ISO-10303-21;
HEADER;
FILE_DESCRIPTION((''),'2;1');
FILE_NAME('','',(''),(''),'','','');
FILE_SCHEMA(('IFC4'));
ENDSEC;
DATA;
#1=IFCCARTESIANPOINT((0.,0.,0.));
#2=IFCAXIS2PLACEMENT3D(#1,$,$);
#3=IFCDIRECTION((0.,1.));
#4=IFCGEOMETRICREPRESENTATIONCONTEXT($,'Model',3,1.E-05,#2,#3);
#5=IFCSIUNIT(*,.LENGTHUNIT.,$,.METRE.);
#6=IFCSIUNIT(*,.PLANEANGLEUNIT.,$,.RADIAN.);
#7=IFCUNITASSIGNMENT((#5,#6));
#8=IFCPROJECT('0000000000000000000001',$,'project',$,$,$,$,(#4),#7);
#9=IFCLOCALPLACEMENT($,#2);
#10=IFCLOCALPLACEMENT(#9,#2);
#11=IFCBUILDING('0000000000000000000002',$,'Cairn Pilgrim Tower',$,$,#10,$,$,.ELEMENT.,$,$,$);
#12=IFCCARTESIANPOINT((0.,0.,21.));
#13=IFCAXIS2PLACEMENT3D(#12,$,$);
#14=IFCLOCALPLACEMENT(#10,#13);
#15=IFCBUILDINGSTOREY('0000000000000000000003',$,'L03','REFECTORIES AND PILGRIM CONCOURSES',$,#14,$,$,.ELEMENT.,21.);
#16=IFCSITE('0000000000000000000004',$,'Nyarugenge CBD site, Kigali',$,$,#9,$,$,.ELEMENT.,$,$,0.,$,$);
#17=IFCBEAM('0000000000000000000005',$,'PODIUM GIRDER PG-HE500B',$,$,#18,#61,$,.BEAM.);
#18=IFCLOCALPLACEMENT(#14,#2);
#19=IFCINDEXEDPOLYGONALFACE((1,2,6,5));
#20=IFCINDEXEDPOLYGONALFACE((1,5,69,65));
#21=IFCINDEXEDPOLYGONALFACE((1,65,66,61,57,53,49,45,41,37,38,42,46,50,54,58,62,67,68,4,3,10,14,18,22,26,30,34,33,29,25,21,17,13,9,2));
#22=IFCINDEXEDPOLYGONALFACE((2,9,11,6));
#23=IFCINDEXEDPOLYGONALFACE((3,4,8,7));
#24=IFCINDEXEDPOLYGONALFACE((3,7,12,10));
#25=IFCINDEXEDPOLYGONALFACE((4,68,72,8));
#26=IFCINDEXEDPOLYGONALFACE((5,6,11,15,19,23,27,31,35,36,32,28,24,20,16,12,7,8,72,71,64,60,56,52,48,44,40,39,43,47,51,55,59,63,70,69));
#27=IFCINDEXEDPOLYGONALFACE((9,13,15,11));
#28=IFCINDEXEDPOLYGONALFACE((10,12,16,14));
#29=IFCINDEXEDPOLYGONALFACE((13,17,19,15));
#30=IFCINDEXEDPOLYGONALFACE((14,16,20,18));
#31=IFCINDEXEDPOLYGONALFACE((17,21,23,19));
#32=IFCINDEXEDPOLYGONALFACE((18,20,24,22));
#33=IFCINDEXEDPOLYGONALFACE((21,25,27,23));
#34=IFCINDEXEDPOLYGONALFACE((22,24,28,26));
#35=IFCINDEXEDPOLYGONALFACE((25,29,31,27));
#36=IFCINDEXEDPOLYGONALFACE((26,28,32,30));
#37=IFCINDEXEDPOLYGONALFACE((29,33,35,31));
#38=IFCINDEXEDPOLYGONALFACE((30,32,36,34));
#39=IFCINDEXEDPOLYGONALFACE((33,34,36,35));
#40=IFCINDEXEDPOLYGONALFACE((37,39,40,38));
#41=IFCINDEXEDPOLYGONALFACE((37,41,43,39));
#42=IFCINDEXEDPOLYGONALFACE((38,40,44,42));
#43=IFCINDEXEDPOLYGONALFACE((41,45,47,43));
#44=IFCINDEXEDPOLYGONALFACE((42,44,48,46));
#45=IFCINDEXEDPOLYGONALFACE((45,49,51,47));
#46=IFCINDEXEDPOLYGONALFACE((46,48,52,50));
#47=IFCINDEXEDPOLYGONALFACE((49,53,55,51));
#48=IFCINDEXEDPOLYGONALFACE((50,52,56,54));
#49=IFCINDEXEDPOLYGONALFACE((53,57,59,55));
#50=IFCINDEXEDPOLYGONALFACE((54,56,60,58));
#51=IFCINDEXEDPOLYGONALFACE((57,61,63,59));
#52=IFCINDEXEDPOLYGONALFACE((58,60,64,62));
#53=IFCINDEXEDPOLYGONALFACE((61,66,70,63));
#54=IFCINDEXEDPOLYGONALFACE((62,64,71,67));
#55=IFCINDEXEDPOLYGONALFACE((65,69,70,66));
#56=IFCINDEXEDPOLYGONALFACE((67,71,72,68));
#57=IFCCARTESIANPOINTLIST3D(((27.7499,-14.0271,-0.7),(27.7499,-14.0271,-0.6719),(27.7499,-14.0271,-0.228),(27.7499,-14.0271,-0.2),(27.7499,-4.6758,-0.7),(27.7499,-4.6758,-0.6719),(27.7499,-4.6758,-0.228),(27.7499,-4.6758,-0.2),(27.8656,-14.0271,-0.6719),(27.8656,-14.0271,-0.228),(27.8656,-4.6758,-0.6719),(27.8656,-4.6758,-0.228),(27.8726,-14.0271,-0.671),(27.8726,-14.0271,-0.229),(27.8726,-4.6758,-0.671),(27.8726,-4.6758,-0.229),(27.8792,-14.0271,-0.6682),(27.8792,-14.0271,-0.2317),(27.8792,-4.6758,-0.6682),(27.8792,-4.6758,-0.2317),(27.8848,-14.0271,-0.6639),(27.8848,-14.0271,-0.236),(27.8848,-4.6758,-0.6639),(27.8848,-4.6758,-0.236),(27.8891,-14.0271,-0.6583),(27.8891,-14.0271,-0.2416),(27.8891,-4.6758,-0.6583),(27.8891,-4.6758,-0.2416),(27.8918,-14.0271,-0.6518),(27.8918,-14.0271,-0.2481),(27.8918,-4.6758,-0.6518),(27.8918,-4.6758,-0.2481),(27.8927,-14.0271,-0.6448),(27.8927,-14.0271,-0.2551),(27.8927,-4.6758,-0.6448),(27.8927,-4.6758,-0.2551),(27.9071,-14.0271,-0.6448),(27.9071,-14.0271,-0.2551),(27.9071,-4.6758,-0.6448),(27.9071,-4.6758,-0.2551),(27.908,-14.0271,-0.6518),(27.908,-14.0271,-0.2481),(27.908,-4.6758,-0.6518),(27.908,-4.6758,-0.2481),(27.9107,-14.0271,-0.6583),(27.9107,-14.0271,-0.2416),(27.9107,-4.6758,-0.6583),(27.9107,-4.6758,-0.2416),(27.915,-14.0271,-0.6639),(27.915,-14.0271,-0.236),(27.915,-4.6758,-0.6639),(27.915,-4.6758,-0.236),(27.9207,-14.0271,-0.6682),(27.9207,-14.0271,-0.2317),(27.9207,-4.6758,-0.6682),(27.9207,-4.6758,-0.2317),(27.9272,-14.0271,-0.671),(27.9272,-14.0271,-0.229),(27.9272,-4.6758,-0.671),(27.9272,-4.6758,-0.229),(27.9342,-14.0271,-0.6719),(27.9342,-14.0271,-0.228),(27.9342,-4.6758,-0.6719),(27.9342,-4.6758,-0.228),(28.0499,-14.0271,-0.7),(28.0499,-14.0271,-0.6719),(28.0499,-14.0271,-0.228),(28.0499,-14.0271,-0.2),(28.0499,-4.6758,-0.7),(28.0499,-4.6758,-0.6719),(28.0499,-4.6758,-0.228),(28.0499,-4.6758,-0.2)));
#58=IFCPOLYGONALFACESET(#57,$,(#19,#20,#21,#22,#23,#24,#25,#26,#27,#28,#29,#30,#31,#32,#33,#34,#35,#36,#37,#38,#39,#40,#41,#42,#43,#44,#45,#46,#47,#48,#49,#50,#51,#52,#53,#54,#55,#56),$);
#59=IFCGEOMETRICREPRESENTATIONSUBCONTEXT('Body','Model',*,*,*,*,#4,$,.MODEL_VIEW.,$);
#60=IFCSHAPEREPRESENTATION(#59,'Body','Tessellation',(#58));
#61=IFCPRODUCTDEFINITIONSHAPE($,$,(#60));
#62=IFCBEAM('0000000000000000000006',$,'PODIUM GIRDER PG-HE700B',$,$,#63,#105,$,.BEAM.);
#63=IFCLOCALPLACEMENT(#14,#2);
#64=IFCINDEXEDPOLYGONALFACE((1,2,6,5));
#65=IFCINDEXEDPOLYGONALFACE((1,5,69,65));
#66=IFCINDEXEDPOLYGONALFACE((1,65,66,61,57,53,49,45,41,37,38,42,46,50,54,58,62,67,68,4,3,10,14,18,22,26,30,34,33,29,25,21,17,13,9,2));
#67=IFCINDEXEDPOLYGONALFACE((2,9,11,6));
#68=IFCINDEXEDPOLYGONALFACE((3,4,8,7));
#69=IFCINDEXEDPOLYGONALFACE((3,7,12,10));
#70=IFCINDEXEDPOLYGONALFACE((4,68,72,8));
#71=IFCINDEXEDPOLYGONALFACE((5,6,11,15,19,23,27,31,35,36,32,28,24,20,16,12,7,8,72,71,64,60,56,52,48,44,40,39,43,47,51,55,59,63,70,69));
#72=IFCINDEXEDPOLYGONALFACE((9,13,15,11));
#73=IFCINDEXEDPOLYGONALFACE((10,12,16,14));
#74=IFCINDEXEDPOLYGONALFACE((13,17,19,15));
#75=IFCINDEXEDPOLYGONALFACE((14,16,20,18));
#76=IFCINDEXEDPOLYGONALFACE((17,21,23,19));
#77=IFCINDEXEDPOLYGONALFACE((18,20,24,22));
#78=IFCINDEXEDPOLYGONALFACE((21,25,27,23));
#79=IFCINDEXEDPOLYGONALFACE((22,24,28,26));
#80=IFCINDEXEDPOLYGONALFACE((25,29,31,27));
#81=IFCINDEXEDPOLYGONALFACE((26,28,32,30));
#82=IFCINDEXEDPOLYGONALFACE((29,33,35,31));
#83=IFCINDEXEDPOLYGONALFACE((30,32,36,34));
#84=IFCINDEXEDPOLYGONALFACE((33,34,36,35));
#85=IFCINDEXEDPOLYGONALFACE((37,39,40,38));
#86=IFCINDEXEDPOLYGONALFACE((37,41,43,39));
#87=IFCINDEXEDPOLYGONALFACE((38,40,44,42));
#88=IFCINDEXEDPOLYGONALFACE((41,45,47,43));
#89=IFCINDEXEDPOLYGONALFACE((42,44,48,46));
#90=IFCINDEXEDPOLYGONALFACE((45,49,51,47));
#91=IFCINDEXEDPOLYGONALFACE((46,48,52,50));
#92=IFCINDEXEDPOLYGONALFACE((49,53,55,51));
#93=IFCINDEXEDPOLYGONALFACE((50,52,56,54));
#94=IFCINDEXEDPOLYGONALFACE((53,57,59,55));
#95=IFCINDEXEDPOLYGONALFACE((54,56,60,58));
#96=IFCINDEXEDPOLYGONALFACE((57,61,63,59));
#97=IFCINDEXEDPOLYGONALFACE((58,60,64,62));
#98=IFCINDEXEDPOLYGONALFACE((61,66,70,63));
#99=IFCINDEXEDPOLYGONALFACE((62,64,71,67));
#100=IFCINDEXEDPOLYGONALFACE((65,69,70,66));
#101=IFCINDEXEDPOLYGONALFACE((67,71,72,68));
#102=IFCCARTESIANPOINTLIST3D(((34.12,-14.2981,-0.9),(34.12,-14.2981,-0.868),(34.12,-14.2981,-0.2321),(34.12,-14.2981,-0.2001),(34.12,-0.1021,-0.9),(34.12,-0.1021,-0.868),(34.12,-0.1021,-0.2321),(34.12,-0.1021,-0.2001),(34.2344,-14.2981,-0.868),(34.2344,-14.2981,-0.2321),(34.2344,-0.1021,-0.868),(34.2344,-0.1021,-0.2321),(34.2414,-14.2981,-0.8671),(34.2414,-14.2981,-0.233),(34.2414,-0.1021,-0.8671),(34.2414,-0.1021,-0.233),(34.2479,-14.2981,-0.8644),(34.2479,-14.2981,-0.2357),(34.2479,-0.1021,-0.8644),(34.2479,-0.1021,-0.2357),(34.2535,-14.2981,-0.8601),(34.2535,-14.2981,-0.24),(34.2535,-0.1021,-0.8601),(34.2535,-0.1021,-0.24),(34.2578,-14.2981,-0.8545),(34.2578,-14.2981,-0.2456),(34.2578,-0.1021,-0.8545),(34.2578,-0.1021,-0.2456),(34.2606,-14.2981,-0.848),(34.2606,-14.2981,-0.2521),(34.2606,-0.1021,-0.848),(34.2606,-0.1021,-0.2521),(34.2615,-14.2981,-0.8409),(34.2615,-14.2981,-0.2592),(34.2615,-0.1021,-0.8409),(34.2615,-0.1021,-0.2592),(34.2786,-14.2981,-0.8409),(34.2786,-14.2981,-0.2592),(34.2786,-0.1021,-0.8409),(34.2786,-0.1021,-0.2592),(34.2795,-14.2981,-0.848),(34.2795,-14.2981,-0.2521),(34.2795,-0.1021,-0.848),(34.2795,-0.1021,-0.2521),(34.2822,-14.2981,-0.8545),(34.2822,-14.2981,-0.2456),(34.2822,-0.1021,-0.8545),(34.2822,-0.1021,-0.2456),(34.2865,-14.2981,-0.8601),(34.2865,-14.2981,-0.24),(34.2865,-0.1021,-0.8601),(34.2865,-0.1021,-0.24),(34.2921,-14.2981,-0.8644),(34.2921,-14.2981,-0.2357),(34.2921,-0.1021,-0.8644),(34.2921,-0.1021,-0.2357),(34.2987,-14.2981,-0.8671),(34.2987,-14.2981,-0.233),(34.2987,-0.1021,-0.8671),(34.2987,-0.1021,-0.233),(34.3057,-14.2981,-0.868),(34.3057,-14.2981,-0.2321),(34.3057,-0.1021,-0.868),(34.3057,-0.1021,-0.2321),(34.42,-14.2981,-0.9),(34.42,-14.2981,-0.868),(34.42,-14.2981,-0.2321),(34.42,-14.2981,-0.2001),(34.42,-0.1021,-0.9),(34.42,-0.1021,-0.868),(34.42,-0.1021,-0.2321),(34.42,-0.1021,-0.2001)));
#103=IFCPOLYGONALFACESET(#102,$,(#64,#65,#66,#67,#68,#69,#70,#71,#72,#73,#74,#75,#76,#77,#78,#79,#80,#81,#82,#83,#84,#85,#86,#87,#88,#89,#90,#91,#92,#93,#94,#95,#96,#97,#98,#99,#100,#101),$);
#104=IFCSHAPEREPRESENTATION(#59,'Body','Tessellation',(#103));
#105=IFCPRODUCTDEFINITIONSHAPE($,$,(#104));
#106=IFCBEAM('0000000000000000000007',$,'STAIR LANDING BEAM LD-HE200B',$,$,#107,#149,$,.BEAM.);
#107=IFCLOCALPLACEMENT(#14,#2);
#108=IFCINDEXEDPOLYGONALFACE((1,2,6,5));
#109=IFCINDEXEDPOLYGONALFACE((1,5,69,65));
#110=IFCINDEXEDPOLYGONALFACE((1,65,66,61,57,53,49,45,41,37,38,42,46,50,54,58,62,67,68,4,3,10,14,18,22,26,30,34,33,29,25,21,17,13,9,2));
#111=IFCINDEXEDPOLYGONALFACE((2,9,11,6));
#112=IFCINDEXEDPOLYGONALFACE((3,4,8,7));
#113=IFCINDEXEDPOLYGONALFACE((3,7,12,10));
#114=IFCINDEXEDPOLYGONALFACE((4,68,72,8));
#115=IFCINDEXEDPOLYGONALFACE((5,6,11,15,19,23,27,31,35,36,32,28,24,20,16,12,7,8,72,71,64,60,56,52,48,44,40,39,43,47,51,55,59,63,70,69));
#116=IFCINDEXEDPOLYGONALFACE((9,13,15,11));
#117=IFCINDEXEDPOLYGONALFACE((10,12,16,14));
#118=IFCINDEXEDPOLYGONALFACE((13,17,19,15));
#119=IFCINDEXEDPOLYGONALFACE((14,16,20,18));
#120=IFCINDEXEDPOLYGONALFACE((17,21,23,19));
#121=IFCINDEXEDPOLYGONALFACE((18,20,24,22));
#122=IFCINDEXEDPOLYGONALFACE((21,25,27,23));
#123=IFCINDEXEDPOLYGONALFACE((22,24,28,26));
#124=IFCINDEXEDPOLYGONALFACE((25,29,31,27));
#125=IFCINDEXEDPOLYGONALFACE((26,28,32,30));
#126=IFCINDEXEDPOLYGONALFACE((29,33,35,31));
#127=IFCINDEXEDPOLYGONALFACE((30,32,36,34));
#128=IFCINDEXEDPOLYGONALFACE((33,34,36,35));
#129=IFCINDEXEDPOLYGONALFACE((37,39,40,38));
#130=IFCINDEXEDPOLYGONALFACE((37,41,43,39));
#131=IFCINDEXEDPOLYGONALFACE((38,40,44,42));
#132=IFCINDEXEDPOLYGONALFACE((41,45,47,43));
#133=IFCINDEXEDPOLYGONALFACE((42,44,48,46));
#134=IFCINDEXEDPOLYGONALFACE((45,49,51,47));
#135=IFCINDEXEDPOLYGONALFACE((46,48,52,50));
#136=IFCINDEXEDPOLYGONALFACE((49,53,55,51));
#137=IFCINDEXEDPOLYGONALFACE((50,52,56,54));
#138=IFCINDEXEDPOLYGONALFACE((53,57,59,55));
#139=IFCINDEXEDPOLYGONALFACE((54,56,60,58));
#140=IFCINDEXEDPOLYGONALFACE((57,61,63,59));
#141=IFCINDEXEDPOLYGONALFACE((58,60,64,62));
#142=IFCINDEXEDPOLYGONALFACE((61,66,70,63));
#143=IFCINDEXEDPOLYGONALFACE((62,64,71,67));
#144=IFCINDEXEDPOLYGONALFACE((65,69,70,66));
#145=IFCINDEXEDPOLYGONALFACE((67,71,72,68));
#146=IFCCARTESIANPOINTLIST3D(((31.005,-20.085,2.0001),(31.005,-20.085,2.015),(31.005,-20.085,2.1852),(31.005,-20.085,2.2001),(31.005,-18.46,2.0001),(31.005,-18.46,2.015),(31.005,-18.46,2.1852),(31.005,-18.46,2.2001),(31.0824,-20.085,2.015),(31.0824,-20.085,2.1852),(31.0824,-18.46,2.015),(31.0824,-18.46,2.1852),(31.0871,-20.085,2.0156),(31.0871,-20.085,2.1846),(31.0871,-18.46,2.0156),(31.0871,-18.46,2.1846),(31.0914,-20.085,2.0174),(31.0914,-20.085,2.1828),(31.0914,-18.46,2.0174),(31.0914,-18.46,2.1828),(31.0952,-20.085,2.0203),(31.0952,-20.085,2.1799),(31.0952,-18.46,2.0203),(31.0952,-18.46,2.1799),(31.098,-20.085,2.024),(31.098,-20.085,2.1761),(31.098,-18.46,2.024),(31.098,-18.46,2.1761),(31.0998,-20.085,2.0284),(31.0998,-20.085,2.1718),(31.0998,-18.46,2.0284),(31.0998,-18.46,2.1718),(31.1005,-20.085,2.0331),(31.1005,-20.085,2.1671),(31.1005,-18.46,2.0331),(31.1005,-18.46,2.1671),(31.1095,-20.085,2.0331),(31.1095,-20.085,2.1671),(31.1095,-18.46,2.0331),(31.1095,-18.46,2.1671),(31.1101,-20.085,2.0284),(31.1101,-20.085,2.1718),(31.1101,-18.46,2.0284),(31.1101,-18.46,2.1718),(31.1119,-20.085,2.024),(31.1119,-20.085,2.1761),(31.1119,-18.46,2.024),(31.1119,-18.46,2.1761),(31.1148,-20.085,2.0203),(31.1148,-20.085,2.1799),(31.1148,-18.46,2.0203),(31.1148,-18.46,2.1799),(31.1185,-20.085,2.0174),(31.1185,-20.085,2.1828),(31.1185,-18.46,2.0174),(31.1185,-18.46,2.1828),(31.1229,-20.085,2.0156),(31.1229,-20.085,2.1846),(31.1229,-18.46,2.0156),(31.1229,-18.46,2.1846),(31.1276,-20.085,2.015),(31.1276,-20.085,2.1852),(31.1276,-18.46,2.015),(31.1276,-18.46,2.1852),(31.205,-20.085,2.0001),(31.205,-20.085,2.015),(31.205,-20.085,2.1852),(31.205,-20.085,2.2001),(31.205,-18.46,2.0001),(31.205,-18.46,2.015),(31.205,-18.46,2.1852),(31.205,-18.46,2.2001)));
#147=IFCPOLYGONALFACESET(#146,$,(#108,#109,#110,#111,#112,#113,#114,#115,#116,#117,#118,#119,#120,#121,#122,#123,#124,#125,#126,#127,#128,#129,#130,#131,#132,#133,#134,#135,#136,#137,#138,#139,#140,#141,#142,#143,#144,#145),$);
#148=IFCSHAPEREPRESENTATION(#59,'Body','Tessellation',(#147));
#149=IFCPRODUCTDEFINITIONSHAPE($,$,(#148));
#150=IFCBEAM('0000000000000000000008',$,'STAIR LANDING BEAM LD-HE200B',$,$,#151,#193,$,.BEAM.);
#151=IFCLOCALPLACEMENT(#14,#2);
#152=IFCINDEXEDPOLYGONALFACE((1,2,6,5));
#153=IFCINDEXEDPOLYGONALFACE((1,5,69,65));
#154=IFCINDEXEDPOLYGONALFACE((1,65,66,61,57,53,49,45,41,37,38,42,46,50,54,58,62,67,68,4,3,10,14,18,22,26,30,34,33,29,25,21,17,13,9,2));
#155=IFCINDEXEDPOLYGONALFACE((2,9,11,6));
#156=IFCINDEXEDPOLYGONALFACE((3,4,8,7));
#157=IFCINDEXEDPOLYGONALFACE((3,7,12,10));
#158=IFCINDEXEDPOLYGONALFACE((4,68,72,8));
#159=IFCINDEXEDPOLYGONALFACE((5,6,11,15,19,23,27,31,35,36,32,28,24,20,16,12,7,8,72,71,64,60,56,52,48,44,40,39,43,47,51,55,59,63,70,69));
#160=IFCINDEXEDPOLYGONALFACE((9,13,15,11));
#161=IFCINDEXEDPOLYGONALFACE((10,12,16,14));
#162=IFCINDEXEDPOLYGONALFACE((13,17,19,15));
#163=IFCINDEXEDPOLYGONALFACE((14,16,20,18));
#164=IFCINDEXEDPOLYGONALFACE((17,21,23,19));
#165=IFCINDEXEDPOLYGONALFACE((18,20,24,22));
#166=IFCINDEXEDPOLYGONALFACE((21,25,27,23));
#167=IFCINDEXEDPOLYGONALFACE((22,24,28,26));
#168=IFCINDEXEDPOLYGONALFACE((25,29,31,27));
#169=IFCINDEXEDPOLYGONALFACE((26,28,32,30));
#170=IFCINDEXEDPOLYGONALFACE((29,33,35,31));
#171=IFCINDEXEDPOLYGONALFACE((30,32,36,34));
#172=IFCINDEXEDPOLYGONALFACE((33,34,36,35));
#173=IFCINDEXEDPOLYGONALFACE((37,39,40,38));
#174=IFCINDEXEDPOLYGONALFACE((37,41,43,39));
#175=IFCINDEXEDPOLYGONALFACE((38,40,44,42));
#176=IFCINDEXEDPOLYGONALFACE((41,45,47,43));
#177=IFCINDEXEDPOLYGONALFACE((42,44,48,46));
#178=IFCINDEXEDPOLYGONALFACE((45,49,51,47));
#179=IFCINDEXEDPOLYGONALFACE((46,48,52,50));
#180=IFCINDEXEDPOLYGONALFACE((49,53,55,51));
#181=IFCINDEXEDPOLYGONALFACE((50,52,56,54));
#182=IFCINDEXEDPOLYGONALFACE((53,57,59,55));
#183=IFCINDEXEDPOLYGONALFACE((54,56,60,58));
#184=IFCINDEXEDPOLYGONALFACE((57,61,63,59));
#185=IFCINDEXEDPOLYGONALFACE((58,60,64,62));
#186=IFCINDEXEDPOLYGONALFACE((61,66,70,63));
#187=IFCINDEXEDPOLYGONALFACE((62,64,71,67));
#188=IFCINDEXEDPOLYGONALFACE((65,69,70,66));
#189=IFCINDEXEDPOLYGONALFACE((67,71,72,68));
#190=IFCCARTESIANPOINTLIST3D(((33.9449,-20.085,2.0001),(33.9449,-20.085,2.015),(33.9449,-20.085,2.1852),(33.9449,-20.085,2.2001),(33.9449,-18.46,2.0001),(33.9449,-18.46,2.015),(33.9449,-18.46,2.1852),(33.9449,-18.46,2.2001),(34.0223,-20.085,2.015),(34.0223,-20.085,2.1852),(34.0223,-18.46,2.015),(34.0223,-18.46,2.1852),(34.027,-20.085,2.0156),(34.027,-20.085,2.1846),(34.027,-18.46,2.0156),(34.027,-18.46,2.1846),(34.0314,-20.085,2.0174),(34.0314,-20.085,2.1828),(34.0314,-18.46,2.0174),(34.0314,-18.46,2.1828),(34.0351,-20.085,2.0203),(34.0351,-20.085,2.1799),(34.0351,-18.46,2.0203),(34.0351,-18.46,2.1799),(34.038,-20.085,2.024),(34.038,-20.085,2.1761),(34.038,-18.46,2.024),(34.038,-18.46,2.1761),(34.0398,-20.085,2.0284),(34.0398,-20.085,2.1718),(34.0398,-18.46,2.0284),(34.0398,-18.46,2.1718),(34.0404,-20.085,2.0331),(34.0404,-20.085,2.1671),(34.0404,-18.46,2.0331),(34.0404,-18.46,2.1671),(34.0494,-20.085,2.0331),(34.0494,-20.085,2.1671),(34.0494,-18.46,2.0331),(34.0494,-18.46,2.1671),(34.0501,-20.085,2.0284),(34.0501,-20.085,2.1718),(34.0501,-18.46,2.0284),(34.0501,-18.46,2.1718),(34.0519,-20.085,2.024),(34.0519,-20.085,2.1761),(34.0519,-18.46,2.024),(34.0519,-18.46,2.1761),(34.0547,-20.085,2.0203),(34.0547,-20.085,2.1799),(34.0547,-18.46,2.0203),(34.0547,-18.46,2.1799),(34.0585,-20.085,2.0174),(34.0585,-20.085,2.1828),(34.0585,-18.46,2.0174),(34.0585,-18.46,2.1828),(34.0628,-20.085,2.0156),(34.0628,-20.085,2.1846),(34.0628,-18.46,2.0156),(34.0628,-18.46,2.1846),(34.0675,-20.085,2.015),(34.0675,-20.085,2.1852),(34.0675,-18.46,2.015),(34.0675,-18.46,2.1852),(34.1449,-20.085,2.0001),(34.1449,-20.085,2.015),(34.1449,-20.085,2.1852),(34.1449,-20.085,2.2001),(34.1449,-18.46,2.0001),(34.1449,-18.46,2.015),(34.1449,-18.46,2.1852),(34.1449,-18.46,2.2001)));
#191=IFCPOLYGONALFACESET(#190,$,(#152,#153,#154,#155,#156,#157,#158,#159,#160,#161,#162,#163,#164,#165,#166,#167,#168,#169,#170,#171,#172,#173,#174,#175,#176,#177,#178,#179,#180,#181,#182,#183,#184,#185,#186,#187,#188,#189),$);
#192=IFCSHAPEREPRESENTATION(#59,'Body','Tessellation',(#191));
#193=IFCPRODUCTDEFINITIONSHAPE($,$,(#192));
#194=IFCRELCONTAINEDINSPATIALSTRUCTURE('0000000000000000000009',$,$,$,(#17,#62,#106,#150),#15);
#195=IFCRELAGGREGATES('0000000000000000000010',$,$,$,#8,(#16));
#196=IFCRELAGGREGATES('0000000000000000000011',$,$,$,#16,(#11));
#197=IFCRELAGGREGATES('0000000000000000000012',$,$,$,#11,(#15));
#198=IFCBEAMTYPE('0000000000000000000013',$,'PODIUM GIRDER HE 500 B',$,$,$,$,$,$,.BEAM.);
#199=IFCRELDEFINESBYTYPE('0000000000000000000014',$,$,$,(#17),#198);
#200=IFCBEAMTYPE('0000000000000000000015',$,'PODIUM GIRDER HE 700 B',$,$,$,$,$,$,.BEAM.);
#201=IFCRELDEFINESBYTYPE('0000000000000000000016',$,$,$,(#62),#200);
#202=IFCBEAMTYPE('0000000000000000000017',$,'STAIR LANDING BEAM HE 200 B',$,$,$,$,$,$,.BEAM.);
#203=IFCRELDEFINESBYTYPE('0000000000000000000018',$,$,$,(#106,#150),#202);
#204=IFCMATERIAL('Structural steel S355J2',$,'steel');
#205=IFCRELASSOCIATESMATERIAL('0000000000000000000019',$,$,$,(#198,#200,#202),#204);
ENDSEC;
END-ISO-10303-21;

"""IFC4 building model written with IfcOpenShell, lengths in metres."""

from ifc_helpers import new_model, si_unit, direction, frame, origin, origin_2d, place, context, subcontext, project, spatial, i_section, extrude, material, material_profile, profile_set, type_object, element, save


model = new_model("IFC4")

# Units and contexts
model_context = context("Model", 3, precision=1e-05, world=origin(), true_north=direction((0.0, 1.0)))
body_context = subcontext(model_context, "Body", "Model", "MODEL_VIEW")
ifc_project = project(units=[si_unit("LENGTHUNIT", "METRE"), si_unit("PLANEANGLEUNIT", "RADIAN")], contexts=[model_context])

# Site, building, storey
site_placement = place(None, origin())
site = spatial("IfcSite", under=ifc_project, at=site_placement, Name="Nyarugenge CBD site, Kigali", CompositionType="ELEMENT", RefElevation=0.0)
building_placement = place(site_placement, origin())
building = spatial("IfcBuilding", under=site, at=building_placement, Name="Cairn Pilgrim Tower", CompositionType="ELEMENT")
storey_placement = place(building_placement, frame((0.0, 0.0, 21.0)))
storey = spatial("IfcBuildingStorey", under=building, at=storey_placement, Name="L03", Description="REFECTORIES AND PILGRIM CONCOURSES", CompositionType="ELEMENT", Elevation=21.0)

# Shared definitions
ifc_material_1 = material(Name="Structural steel S355J2", Category="steel")

# Beams
ifc_material_profile_1 = material_profile(ifc_material_1, i_section(OverallWidth=0.3, OverallDepth=0.5, WebThickness=0.0144, FlangeThickness=0.0281, FilletRadius=0.0271, at=origin_2d()), Name="HEB 500")
ifc_profile_set_1 = profile_set([ifc_material_profile_1], Name="Structural steel S355J2")
beam_type_1 = type_object("IfcBeamType", Name="PODIUM GIRDER HE 500 B", PredefinedType="BEAM", material=ifc_profile_set_1)
beam_1_placement = place(storey_placement, frame((27.8999, -14.0271, -0.45), z_axis=(0.0, 1.0, 0.0), x_axis=(-1.0, 0.0, 0.0)))
element("IfcBeam", 1, at=beam_1_placement, inside=storey, type_object=beam_type_1, Name="PODIUM GIRDER PG-HE500B", PredefinedType="BEAM", context=body_context, shape_type="SweptSolid", body=[
    extrude(i_section(OverallWidth=0.3, OverallDepth=0.5, WebThickness=0.0144, FlangeThickness=0.0281, FilletRadius=0.0271, at=origin_2d()), origin(), (0.0, 0.0, 1.0), 9.3513),
])
ifc_material_profile_2 = material_profile(ifc_material_1, i_section(OverallWidth=0.3, OverallDepth=0.7, WebThickness=0.0171, FlangeThickness=0.032, FilletRadius=0.0271, at=origin_2d()), Name="HEB 700")
ifc_profile_set_2 = profile_set([ifc_material_profile_2], Name="Structural steel S355J2")
beam_type_2 = type_object("IfcBeamType", Name="PODIUM GIRDER HE 700 B", PredefinedType="BEAM", material=ifc_profile_set_2)
beam_2_placement = place(storey_placement, frame((34.27, -14.2981, -0.55), z_axis=(0.0, 1.0, 0.0), x_axis=(-1.0, 0.0, 0.0)))
element("IfcBeam", 2, at=beam_2_placement, inside=storey, type_object=beam_type_2, Name="PODIUM GIRDER PG-HE700B", PredefinedType="BEAM", context=body_context, shape_type="SweptSolid", body=[
    extrude(i_section(OverallWidth=0.3, OverallDepth=0.7, WebThickness=0.0171, FlangeThickness=0.032, FilletRadius=0.0271, at=origin_2d()), origin(), (0.0, 0.0, 1.0), 14.196),
])
ifc_material_profile_3 = material_profile(ifc_material_1, i_section(OverallWidth=0.2, OverallDepth=0.2, WebThickness=0.009, FlangeThickness=0.0149, FilletRadius=0.0181, at=origin_2d()), Name="HE 200 B")
ifc_profile_set_3 = profile_set([ifc_material_profile_3], Name="Structural steel S355J2")
beam_type_3 = type_object("IfcBeamType", Name="STAIR LANDING BEAM HE 200 B", PredefinedType="BEAM", material=ifc_profile_set_3)
for number, where, z_axis, x_axis, name in (
    (3, (31.105, -18.46, 2.1001), (0.0, -1.0, 0.0), (1.0, 0.0, 0.0), "STAIR LANDING BEAM LD-HE200B"),
    (4, (34.0449, -18.46, 2.1001), (0.0, -1.0, 0.0), (1.0, 0.0, 0.0), "STAIR LANDING BEAM LD-HE200B"),
):
    element("IfcBeam", number, at=place(storey_placement, frame(where, z_axis=z_axis, x_axis=x_axis)), inside=storey, type_object=beam_type_3, Name=name, PredefinedType="BEAM", context=body_context, shape_type="SweptSolid", body=[
        extrude(i_section(OverallWidth=0.2, OverallDepth=0.2, WebThickness=0.009, FlangeThickness=0.0149, FilletRadius=0.0181, at=origin_2d()), origin(), (0.0, 0.0, 1.0), 1.625),
    ])

save(model, "model.ifc")
